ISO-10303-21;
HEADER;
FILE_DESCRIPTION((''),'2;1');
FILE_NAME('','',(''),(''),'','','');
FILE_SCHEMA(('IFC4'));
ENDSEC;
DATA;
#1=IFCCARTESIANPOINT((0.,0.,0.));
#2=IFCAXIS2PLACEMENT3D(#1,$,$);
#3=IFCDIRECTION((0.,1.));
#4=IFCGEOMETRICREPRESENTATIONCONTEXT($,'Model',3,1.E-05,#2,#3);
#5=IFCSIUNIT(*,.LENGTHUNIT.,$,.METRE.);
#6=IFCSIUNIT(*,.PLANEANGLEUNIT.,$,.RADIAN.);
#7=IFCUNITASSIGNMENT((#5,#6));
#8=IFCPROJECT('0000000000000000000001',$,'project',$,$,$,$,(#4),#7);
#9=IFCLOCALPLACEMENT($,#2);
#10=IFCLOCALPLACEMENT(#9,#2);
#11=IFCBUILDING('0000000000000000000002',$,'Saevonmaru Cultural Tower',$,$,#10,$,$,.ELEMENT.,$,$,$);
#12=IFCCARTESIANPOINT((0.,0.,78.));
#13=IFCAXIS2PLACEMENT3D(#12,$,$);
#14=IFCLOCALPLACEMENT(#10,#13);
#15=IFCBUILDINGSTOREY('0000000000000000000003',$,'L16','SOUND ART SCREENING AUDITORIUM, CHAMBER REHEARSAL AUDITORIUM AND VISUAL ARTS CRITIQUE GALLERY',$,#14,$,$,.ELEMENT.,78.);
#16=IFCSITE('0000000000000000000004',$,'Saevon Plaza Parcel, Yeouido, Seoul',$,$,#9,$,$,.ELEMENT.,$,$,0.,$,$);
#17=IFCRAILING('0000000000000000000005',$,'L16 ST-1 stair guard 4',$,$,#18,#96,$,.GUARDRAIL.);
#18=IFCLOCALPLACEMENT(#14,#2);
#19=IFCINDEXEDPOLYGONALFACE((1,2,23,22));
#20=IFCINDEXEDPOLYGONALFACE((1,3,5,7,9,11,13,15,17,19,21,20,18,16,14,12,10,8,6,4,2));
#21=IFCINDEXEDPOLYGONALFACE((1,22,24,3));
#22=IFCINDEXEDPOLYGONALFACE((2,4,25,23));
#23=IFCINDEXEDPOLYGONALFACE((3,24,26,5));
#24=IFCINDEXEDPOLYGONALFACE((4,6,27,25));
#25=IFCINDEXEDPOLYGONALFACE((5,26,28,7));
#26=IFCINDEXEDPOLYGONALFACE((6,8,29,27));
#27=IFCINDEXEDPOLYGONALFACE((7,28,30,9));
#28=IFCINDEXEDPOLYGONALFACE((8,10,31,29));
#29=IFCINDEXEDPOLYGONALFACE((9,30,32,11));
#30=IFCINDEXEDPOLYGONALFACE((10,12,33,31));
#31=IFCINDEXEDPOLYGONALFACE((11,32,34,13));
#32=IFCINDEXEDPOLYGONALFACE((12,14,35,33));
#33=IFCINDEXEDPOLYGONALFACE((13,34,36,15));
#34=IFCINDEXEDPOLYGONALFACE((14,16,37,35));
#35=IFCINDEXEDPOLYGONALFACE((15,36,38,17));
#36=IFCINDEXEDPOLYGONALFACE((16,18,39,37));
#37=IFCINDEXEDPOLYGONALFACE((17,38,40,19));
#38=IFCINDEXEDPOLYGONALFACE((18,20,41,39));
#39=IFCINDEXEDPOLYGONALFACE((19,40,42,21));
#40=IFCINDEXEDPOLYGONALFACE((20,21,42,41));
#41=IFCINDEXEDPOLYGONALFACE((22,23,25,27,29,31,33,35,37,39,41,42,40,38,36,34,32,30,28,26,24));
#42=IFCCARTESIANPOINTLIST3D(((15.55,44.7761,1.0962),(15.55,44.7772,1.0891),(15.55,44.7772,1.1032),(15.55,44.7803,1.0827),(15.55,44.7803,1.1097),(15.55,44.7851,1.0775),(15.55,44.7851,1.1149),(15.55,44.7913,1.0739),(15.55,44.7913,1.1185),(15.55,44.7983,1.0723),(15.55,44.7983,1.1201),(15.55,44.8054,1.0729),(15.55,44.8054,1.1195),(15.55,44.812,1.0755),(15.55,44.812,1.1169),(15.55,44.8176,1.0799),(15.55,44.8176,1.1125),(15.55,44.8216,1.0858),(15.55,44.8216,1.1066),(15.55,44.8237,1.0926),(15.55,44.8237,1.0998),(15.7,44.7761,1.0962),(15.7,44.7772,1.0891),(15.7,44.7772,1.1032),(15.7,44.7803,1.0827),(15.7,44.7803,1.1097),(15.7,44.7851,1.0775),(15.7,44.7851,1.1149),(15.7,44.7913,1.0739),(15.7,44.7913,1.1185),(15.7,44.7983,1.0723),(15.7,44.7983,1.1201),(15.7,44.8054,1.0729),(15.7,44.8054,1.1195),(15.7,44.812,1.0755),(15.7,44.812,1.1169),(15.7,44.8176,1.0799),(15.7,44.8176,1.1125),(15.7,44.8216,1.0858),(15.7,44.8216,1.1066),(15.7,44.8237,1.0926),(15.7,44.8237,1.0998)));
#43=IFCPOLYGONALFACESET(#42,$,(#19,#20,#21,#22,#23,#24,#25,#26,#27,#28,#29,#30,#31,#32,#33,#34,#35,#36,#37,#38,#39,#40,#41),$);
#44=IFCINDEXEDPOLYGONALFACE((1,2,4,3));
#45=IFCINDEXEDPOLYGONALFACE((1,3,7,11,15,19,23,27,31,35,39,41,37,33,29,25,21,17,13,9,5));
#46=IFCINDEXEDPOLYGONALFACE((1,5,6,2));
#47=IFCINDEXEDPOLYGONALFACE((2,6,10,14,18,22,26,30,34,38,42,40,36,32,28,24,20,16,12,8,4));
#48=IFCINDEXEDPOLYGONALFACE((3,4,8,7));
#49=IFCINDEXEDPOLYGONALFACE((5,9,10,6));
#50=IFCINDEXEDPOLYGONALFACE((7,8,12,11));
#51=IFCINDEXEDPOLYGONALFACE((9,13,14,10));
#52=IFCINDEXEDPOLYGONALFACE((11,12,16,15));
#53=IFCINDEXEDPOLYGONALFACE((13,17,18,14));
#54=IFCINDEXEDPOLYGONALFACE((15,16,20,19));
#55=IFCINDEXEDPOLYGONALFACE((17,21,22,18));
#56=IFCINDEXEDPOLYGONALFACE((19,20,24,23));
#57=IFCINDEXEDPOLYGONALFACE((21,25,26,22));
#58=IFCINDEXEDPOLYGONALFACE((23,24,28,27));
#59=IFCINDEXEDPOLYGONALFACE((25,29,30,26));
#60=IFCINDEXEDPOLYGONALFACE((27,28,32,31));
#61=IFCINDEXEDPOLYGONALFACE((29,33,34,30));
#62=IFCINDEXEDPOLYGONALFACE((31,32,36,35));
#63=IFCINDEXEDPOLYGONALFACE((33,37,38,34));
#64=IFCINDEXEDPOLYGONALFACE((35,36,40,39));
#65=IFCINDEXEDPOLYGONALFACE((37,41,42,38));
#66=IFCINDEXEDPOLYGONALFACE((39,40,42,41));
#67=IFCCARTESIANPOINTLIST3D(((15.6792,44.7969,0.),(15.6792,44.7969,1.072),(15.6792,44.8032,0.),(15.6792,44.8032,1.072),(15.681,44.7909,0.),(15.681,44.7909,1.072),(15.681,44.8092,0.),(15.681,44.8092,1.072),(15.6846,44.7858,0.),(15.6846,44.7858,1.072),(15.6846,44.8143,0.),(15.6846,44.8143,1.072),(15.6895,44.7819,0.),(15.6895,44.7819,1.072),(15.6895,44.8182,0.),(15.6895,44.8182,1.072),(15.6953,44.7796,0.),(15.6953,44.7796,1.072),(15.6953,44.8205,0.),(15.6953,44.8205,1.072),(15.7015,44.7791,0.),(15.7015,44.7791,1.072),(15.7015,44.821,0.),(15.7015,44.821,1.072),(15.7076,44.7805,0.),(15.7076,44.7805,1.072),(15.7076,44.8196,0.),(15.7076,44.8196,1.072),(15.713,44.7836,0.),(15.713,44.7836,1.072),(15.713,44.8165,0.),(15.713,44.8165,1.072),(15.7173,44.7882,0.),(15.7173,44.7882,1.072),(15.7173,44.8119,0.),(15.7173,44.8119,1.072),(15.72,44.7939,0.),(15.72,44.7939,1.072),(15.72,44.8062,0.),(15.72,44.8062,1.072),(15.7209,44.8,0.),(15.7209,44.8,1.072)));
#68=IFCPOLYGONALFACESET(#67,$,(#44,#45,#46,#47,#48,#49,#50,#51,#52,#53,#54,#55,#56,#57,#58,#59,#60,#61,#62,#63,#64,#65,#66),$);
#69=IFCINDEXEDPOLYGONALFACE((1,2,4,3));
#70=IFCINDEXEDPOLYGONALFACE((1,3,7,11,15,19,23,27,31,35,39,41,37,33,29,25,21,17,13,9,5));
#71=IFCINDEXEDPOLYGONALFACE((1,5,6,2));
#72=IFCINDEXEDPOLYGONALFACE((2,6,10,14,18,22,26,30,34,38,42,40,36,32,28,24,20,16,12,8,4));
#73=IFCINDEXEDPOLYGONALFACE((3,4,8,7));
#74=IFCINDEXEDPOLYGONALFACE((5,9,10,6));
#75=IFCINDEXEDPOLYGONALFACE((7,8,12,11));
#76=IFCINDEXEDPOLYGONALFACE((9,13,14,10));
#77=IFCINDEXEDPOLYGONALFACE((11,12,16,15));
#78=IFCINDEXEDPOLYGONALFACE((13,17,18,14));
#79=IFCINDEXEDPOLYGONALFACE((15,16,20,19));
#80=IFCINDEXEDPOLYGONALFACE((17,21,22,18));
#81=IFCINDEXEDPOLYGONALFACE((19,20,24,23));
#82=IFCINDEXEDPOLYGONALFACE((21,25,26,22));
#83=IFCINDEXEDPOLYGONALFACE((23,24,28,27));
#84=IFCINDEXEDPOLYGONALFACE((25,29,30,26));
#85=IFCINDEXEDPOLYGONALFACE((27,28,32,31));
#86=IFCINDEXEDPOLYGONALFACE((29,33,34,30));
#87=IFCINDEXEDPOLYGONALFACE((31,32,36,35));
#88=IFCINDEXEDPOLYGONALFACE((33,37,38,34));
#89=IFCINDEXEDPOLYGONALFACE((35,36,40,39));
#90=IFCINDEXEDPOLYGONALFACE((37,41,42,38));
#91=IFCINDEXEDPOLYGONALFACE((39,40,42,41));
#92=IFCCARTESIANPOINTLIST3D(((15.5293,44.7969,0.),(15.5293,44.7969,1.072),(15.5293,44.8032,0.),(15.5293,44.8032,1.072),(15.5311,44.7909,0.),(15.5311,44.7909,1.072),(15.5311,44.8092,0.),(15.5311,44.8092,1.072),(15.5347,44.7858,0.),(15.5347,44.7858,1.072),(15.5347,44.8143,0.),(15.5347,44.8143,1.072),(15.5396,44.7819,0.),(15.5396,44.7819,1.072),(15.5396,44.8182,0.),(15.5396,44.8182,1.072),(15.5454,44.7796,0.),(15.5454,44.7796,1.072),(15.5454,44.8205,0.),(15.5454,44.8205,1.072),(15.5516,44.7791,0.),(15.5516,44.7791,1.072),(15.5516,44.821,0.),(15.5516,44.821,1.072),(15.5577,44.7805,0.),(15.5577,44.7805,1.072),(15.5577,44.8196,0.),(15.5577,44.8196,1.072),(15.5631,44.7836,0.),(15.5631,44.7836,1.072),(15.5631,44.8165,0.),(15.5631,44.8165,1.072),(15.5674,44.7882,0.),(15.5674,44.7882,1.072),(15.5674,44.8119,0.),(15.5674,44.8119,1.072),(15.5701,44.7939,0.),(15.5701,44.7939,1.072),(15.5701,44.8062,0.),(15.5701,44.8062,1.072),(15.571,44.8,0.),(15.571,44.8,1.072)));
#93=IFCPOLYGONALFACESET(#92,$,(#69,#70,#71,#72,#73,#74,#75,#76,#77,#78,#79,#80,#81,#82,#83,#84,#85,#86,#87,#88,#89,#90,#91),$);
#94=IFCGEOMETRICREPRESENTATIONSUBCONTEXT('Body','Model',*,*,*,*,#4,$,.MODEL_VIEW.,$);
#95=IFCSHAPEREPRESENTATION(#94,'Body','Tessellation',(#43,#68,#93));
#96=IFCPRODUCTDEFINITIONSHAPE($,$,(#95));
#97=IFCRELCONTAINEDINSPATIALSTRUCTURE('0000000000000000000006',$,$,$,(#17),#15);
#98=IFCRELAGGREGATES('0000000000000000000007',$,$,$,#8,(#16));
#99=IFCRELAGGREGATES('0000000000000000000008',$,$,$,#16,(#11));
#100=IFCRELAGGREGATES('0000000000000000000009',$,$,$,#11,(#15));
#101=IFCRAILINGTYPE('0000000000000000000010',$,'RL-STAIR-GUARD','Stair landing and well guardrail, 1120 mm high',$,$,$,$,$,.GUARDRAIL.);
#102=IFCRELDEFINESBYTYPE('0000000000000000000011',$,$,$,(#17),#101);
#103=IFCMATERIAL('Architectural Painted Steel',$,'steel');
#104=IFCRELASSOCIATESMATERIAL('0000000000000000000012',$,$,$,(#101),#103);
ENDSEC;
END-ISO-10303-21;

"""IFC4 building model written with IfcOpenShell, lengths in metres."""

from ifc_helpers import new_model, si_unit, direction, frame, origin, origin_2d, place, context, subcontext, project, spatial, circle, extrude, material, type_object, element, save


model = new_model("IFC4")

# Units and contexts
model_context = context("Model", 3, precision=1e-05, world=origin(), true_north=direction((0.0, 1.0)))
body_context = subcontext(model_context, "Body", "Model", "MODEL_VIEW")
ifc_project = project(units=[si_unit("LENGTHUNIT", "METRE"), si_unit("PLANEANGLEUNIT", "RADIAN")], contexts=[model_context])

# Site, building, storey
site_placement = place(None, origin())
site = spatial("IfcSite", under=ifc_project, at=site_placement, Name="Saevon Plaza Parcel, Yeouido, Seoul", CompositionType="ELEMENT", RefElevation=0.0)
building_placement = place(site_placement, origin())
building = spatial("IfcBuilding", under=site, at=building_placement, Name="Saevonmaru Cultural Tower", CompositionType="ELEMENT")
storey_placement = place(building_placement, frame((0.0, 0.0, 78.0)))
storey = spatial("IfcBuildingStorey", under=building, at=storey_placement, Name="L16", Description="SOUND ART SCREENING AUDITORIUM, CHAMBER REHEARSAL AUDITORIUM AND VISUAL ARTS CRITIQUE GALLERY", CompositionType="ELEMENT", Elevation=78.0)

# Railing
ifc_material_1 = material(Name="Architectural Painted Steel", Category="steel")
railing_type_1 = type_object("IfcRailingType", Name="RL-STAIR-GUARD", Description="Stair landing and well guardrail, 1120 mm high", PredefinedType="GUARDRAIL", material=ifc_material_1)
railing_1_placement = place(storey_placement, frame((15.7, 44.8, 0.0)))
element("IfcRailing", 1, at=railing_1_placement, inside=storey, type_object=railing_type_1, Name="L16 ST-1 stair guard 4", PredefinedType="GUARDRAIL", context=body_context, shape_type="SweptSolid", body=[
    extrude(circle(Radius=0.0239, at=origin_2d()), frame((0.0, 0.0, 1.0962), z_axis=(-1.0, 0.0, 0.0), x_axis=(0.0, -1.0, 0.0)), (0.0, 0.0, 1.0), 0.1499),
    extrude(circle(Radius=0.021, at=origin_2d()), origin(), (0.0, 0.0, 1.0), 1.072),
    extrude(circle(Radius=0.021, at=origin_2d()), frame((-0.1499, 0.0, 0.0)), (0.0, 0.0, 1.0), 1.072),
])

save(model, "model.ifc")
